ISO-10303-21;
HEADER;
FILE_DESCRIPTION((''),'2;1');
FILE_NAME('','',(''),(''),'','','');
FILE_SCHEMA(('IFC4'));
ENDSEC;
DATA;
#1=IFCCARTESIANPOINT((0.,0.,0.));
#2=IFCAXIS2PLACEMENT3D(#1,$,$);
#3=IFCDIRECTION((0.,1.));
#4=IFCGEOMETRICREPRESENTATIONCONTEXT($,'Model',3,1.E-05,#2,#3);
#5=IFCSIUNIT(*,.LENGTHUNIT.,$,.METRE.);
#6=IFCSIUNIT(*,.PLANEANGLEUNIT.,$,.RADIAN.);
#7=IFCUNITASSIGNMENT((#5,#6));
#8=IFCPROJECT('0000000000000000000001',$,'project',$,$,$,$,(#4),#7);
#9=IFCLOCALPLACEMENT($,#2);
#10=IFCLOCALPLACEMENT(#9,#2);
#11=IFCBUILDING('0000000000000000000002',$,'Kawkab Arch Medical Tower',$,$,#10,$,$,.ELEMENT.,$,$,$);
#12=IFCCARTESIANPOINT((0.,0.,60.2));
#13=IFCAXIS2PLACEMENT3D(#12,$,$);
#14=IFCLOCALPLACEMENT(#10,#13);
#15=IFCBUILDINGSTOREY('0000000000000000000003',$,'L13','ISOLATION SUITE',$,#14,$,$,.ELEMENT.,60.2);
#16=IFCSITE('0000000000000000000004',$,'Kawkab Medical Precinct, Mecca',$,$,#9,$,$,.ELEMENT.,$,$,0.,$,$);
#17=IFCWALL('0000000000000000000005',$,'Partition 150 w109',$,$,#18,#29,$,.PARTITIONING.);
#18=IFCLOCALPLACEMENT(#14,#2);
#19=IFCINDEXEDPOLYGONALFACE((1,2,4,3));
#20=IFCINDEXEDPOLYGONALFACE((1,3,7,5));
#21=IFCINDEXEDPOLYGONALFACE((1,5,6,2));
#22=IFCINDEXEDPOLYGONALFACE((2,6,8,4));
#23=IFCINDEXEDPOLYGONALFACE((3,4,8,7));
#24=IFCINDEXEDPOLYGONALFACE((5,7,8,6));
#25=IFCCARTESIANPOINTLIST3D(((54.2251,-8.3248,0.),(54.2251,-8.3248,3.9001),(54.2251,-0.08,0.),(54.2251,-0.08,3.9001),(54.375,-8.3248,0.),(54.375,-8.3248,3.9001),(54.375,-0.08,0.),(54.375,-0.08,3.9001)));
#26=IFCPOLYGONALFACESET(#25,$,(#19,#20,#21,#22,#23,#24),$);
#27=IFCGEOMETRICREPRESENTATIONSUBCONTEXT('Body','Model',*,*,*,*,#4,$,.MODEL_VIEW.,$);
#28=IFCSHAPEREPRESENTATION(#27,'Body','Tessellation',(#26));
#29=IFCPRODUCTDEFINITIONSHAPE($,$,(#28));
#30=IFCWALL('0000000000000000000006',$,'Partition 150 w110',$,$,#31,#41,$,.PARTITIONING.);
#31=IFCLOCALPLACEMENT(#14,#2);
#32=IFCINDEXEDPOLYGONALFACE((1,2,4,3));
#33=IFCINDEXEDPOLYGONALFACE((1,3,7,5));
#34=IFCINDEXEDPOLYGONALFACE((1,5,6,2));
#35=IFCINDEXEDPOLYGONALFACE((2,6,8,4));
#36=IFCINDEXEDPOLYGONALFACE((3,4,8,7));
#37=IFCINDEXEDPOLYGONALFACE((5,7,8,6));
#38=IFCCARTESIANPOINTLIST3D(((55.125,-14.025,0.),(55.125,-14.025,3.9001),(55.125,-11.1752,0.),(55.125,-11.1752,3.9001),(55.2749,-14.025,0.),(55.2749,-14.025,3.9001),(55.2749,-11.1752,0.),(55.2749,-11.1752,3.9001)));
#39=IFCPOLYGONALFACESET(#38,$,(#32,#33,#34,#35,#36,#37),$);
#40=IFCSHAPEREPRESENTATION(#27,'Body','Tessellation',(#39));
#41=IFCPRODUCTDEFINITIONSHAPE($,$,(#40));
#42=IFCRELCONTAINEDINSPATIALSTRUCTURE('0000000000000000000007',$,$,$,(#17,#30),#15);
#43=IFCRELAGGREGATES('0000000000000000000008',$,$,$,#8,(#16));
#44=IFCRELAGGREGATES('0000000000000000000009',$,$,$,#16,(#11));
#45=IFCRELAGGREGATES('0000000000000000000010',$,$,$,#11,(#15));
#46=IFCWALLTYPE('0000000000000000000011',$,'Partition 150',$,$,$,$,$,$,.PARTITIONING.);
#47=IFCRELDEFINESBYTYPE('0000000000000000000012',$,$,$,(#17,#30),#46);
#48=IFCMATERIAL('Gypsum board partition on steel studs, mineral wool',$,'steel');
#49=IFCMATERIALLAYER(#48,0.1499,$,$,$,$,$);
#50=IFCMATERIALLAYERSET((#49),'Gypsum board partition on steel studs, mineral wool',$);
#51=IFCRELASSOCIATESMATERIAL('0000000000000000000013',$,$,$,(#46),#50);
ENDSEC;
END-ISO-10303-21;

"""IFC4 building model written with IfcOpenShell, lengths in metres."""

from ifc_helpers import new_model, si_unit, direction, frame, frame_2d, origin, place, context, subcontext, project, spatial, rectangle, extrude, material, layer, layer_set, type_object, element, save


model = new_model("IFC4")

# Units and contexts
model_context = context("Model", 3, precision=1e-05, world=origin(), true_north=direction((0.0, 1.0)))
body_context = subcontext(model_context, "Body", "Model", "MODEL_VIEW")
ifc_project = project(units=[si_unit("LENGTHUNIT", "METRE"), si_unit("PLANEANGLEUNIT", "RADIAN")], contexts=[model_context])

# Site, building, storey
site_placement = place(None, origin())
site = spatial("IfcSite", under=ifc_project, at=site_placement, Name="Kawkab Medical Precinct, Mecca", CompositionType="ELEMENT", RefElevation=0.0)
building_placement = place(site_placement, origin())
building = spatial("IfcBuilding", under=site, at=building_placement, Name="Kawkab Arch Medical Tower", CompositionType="ELEMENT")
storey_placement = place(building_placement, frame((0.0, 0.0, 60.2)))
storey = spatial("IfcBuildingStorey", under=building, at=storey_placement, Name="L13", Description="ISOLATION SUITE", CompositionType="ELEMENT", Elevation=60.2)

# Shared definitions
ifc_material_1 = material(Name="Gypsum board partition on steel studs, mineral wool", Category="steel")
ifc_layer_1 = layer(ifc_material_1, 0.1499)
ifc_layer_set_1 = layer_set([ifc_layer_1], Name="Gypsum board partition on steel studs, mineral wool")
wall_type_1 = type_object("IfcWallType", Name="Partition 150", PredefinedType="PARTITIONING", material=ifc_layer_set_1)

# Walls
wall_1_placement = place(storey_placement, frame((54.3, -8.325, 0.0), z_axis=(0.0, 0.0, 1.0), x_axis=(0.0, 1.0, 0.0)))
element("IfcWall", 1, at=wall_1_placement, inside=storey, type_object=wall_type_1, Name="Partition 150 w109", PredefinedType="PARTITIONING", context=body_context, shape_type="SweptSolid", body=[
    extrude(rectangle(XDim=8.2449, YDim=0.1499, at=frame_2d((4.1226, 0.0))), origin(), (0.0, 0.0, 1.0), 3.9001),
])
wall_2_placement = place(storey_placement, frame((55.2, -14.0249, 0.0), z_axis=(0.0, 0.0, 1.0), x_axis=(0.0, 1.0, 0.0)))
element("IfcWall", 2, at=wall_2_placement, inside=storey, type_object=wall_type_1, Name="Partition 150 w110", PredefinedType="PARTITIONING", context=body_context, shape_type="SweptSolid", body=[
    extrude(rectangle(XDim=2.8499, YDim=0.1499, at=frame_2d((1.4248, 0.0))), origin(), (0.0, 0.0, 1.0), 3.9001),
])

save(model, "model.ifc")
